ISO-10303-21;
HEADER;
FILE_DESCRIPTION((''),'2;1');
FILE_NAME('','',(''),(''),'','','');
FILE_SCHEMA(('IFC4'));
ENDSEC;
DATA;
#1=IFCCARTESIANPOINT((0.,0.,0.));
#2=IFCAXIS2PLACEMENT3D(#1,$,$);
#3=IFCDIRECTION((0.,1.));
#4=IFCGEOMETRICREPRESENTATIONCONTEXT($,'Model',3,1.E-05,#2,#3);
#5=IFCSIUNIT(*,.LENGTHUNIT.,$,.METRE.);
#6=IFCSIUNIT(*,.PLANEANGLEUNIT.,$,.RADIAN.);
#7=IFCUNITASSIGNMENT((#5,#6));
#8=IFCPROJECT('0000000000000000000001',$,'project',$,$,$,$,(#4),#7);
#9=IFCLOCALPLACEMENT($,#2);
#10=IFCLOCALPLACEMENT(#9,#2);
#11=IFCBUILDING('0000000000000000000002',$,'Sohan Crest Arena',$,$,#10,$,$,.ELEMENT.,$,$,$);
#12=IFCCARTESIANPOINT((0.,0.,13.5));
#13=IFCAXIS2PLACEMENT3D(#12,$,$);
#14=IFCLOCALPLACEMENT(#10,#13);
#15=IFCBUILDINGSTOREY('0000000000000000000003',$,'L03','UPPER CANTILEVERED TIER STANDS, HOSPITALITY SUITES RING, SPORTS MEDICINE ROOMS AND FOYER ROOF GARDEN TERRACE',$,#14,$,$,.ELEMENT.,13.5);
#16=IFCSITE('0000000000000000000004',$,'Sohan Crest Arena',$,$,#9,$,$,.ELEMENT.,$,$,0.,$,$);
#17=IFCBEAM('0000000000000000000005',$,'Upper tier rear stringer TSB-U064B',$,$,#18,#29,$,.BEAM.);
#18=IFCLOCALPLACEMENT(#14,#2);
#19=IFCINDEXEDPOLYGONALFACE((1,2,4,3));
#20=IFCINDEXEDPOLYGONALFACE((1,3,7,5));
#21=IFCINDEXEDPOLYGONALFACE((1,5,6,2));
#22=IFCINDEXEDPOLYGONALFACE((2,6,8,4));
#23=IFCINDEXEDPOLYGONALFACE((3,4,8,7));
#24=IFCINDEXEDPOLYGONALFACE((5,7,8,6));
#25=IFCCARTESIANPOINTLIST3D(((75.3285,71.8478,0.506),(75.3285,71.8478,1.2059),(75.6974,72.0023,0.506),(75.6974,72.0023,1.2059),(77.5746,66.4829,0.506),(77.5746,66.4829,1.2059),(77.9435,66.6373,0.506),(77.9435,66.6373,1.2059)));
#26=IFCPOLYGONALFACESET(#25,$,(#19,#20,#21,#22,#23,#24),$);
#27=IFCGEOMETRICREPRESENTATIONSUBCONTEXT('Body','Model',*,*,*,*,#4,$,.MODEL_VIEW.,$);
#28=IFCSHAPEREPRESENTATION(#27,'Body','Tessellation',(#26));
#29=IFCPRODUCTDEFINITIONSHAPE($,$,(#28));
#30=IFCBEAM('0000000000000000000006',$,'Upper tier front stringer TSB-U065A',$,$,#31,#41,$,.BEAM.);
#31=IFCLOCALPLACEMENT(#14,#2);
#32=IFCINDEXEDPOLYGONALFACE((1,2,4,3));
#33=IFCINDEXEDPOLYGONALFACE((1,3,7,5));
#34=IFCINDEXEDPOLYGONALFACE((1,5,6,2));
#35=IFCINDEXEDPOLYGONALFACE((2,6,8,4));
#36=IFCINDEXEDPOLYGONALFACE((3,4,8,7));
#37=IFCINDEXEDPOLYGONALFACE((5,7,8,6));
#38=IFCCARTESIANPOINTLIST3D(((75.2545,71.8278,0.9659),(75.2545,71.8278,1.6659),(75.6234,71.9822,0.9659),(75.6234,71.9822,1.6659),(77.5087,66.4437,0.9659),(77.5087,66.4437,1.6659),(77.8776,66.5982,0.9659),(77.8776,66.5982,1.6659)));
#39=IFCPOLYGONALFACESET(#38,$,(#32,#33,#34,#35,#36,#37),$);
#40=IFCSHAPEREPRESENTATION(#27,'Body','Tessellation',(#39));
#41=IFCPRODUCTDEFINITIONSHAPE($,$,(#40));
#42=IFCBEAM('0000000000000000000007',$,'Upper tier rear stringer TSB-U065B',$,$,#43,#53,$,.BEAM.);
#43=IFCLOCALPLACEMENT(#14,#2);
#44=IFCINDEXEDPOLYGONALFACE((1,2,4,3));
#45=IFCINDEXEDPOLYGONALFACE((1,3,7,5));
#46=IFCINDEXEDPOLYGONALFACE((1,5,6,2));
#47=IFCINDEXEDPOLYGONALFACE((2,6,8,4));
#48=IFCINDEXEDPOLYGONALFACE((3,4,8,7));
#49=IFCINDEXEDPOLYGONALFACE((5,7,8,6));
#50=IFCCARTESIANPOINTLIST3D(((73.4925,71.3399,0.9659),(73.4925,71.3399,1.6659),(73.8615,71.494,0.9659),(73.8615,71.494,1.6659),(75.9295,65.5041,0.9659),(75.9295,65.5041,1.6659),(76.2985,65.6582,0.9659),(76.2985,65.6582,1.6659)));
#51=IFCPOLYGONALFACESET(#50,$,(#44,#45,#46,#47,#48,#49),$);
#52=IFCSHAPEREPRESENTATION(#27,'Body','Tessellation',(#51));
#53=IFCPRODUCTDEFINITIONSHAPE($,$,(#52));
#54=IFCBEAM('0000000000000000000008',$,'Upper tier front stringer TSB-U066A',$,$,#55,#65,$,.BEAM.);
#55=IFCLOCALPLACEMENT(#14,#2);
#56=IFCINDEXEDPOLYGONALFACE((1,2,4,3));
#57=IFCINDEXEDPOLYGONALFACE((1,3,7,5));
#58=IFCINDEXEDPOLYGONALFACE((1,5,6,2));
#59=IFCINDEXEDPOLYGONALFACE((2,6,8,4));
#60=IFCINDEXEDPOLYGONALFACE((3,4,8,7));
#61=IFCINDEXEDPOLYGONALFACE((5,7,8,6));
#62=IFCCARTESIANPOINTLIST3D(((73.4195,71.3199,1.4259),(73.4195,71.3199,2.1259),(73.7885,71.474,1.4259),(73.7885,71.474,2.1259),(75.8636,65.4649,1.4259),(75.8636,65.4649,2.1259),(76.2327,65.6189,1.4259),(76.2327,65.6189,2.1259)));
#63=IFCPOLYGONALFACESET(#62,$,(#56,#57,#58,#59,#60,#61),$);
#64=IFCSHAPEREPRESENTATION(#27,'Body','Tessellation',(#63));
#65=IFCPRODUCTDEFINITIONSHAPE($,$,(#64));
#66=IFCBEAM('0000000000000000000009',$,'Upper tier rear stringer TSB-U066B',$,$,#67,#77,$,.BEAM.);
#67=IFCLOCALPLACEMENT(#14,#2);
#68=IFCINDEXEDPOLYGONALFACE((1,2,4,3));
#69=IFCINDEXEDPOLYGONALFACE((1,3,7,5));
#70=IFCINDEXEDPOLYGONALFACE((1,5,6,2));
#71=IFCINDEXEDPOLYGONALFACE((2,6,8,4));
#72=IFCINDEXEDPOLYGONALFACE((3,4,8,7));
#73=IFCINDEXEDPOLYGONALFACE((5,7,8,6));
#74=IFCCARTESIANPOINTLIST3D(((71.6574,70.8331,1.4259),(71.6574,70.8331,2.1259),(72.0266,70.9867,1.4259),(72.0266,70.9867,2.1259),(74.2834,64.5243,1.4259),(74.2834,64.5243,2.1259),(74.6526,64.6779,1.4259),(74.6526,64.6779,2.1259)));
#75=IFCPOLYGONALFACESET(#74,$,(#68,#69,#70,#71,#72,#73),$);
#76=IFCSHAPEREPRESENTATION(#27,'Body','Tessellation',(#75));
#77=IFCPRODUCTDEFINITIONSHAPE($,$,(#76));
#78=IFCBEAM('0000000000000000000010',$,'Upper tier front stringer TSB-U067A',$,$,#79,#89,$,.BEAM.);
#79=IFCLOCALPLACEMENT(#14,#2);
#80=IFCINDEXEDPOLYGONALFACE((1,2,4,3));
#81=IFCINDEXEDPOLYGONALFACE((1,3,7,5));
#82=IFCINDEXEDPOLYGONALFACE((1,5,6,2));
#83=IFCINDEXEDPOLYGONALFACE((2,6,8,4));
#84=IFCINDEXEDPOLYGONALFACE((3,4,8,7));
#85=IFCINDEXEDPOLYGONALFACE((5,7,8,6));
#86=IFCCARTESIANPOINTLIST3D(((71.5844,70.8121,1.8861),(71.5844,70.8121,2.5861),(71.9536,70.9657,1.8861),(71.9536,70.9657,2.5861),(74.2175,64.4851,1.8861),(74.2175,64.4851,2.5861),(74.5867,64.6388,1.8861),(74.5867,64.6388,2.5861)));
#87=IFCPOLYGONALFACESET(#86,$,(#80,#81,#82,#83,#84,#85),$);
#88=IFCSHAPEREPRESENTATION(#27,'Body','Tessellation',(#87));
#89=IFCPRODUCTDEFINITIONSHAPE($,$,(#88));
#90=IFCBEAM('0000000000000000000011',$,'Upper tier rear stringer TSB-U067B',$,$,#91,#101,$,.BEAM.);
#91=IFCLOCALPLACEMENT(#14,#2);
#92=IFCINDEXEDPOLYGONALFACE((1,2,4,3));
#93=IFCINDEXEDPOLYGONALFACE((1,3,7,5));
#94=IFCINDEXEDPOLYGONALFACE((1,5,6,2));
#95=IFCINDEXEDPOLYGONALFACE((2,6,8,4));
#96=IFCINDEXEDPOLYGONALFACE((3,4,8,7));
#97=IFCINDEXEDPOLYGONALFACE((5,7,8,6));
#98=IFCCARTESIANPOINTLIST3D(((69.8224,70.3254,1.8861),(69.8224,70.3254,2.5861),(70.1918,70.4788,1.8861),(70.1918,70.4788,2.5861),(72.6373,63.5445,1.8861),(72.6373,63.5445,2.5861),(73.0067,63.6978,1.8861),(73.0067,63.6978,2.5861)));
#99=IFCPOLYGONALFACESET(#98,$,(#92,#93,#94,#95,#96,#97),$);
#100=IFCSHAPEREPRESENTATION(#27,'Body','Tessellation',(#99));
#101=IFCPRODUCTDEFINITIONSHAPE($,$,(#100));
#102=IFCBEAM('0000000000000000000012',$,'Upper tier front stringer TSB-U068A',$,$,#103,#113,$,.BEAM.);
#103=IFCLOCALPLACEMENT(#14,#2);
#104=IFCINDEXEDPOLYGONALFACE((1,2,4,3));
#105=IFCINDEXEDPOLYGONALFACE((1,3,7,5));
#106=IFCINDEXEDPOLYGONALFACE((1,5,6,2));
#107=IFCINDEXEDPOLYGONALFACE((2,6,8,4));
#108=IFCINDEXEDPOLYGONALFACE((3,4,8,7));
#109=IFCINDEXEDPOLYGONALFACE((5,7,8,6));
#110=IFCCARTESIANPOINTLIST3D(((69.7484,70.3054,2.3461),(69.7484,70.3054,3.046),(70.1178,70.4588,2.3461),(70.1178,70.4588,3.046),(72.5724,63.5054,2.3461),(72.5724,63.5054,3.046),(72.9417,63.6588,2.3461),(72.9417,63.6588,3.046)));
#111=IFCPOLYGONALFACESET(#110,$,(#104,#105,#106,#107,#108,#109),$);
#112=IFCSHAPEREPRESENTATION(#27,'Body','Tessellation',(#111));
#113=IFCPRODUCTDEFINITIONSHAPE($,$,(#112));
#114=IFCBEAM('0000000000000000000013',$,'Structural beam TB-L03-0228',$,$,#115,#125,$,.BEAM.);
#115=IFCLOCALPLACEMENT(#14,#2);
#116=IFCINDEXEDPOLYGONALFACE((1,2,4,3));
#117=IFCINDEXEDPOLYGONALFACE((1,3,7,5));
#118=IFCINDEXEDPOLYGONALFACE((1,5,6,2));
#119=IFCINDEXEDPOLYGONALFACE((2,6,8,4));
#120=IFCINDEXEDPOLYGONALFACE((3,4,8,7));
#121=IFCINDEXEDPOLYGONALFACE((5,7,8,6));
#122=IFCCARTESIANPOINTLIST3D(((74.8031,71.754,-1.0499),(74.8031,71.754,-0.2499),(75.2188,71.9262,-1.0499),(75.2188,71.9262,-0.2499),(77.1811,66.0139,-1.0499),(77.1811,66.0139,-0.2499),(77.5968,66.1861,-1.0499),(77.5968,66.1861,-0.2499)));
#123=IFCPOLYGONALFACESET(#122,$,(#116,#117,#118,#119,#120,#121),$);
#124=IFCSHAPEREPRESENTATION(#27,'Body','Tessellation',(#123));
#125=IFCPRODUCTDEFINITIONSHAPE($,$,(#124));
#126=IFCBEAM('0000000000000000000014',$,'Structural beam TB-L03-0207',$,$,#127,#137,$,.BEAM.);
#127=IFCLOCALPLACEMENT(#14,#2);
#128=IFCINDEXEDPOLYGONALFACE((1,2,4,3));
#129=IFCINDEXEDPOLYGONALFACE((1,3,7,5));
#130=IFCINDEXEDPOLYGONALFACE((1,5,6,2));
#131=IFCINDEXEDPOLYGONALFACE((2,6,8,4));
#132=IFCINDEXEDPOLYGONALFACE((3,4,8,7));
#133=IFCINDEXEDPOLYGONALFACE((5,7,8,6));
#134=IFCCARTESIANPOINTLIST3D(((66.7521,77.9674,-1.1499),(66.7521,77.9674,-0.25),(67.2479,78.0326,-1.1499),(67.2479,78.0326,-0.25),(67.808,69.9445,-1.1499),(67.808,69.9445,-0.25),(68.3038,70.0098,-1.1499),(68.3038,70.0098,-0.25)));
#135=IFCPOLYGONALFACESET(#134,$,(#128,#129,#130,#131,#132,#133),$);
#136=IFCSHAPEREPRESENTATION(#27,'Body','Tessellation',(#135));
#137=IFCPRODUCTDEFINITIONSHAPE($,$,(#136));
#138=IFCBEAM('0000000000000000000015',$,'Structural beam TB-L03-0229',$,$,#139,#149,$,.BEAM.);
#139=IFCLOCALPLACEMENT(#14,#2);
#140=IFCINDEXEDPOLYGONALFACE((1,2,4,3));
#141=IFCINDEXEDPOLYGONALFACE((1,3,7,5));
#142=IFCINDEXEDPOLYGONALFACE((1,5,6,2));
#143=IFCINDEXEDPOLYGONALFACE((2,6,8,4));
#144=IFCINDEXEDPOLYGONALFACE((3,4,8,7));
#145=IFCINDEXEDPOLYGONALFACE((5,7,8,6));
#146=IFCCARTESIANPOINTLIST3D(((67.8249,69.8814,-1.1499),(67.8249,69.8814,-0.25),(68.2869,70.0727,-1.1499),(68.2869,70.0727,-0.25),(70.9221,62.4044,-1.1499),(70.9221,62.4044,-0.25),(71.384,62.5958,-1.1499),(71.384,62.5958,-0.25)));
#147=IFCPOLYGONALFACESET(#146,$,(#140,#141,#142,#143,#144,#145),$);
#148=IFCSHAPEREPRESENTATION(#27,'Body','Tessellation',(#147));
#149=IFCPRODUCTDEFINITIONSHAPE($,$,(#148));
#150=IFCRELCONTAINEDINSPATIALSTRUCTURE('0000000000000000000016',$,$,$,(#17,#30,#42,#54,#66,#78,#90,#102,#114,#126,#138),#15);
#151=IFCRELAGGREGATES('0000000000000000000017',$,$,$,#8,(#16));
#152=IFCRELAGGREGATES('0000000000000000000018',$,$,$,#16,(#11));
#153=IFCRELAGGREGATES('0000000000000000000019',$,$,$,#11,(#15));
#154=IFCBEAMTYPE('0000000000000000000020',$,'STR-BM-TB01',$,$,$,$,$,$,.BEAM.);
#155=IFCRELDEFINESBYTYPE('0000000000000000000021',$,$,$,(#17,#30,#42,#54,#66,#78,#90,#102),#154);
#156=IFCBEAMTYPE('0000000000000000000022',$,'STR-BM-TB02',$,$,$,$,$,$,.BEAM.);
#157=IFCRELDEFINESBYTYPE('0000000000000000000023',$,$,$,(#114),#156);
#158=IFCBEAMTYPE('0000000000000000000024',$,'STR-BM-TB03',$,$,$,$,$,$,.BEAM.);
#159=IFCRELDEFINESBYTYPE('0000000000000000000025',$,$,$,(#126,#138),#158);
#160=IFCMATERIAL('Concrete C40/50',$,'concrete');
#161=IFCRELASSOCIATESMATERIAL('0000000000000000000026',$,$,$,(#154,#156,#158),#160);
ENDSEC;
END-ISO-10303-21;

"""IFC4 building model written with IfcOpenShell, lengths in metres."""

from ifc_helpers import new_model, si_unit, direction, frame, origin, origin_2d, place, context, subcontext, project, spatial, rectangle, extrude, material, material_profile, profile_set, type_object, element, save


model = new_model("IFC4")

# Units and contexts
model_context = context("Model", 3, precision=1e-05, world=origin(), true_north=direction((0.0, 1.0)))
body_context = subcontext(model_context, "Body", "Model", "MODEL_VIEW")
ifc_project = project(units=[si_unit("LENGTHUNIT", "METRE"), si_unit("PLANEANGLEUNIT", "RADIAN")], contexts=[model_context])

# Site, building, storey
site_placement = place(None, origin())
site = spatial("IfcSite", under=ifc_project, at=site_placement, Name="Sohan Crest Arena", CompositionType="ELEMENT", RefElevation=0.0)
building_placement = place(site_placement, origin())
building = spatial("IfcBuilding", under=site, at=building_placement, Name="Sohan Crest Arena", CompositionType="ELEMENT")
storey_placement = place(building_placement, frame((0.0, 0.0, 13.5)))
storey = spatial("IfcBuildingStorey", under=building, at=storey_placement, Name="L03", Description="UPPER CANTILEVERED TIER STANDS, HOSPITALITY SUITES RING, SPORTS MEDICINE ROOMS AND FOYER ROOF GARDEN TERRACE", CompositionType="ELEMENT", Elevation=13.5)

# Shared definitions
ifc_material_1 = material(Name="Concrete C40/50", Category="concrete")

# Beams
ifc_material_profile_1 = material_profile(ifc_material_1, rectangle(XDim=0.3999, YDim=0.7, at=origin_2d()), Name="RC-BM 400x700")
ifc_profile_set_1 = profile_set([ifc_material_profile_1], Name="Concrete C40/50")
beam_type_1 = type_object("IfcBeamType", Name="STR-BM-TB01", PredefinedType="BEAM", material=ifc_profile_set_1)
beam_1_placement = place(storey_placement, frame((75.5129, 71.925, 0.856), z_axis=(0.38618, -0.922424, 0.0), x_axis=(0.922424, 0.38618, 0.0)))
element("IfcBeam", 1, at=beam_1_placement, inside=storey, type_object=beam_type_1, Name="Upper tier rear stringer TSB-U064B", PredefinedType="BEAM", context=body_context, shape_type="SweptSolid", body=[
    extrude(rectangle(XDim=0.3999, YDim=0.7, at=origin_2d()), origin(), (0.0, 0.0, 1.0), 5.8162),
])
beam_2_placement = place(storey_placement, frame((75.439, 71.905, 1.3159), z_axis=(0.386192, -0.922418, 0.0), x_axis=(0.922418, 0.386192, 0.0)))
element("IfcBeam", 2, at=beam_2_placement, inside=storey, type_object=beam_type_1, Name="Upper tier front stringer TSB-U065A", PredefinedType="BEAM", context=body_context, shape_type="SweptSolid", body=[
    extrude(rectangle(XDim=0.3999, YDim=0.7, at=origin_2d()), origin(), (0.0, 0.0, 1.0), 5.8369),
])
beam_3_placement = place(storey_placement, frame((73.677, 71.417, 1.3159), z_axis=(0.385339, -0.922775, 0.0), x_axis=(0.922775, 0.385339, 0.0)))
element("IfcBeam", 3, at=beam_3_placement, inside=storey, type_object=beam_type_1, Name="Upper tier rear stringer TSB-U065B", PredefinedType="BEAM", context=body_context, shape_type="SweptSolid", body=[
    extrude(rectangle(XDim=0.3999, YDim=0.7, at=origin_2d()), origin(), (0.0, 0.0, 1.0), 6.3242),
])
beam_4_placement = place(storey_placement, frame((73.604, 71.397, 1.7759), z_axis=(0.385222, -0.922824, 0.0), x_axis=(0.922824, 0.385222, 0.0)))
element("IfcBeam", 4, at=beam_4_placement, inside=storey, type_object=beam_type_1, Name="Upper tier front stringer TSB-U066A", PredefinedType="BEAM", context=body_context, shape_type="SweptSolid", body=[
    extrude(rectangle(XDim=0.3999, YDim=0.7, at=origin_2d()), origin(), (0.0, 0.0, 1.0), 6.3447),
])
beam_5_placement = place(storey_placement, frame((71.842, 70.9099, 1.7759), z_axis=(0.384278, -0.923217, 0.0), x_axis=(0.923217, 0.384278, 0.0)))
element("IfcBeam", 5, at=beam_5_placement, inside=storey, type_object=beam_type_1, Name="Upper tier rear stringer TSB-U066B", PredefinedType="BEAM", context=body_context, shape_type="SweptSolid", body=[
    extrude(rectangle(XDim=0.3999, YDim=0.7, at=origin_2d()), origin(), (0.0, 0.0, 1.0), 6.8335),
])
beam_6_placement = place(storey_placement, frame((71.769, 70.8889, 2.2361), z_axis=(0.384223, -0.92324, 0.0), x_axis=(0.92324, 0.384223, 0.0)))
element("IfcBeam", 6, at=beam_6_placement, inside=storey, type_object=beam_type_1, Name="Upper tier front stringer TSB-U067A", PredefinedType="BEAM", context=body_context, shape_type="SweptSolid", body=[
    extrude(rectangle(XDim=0.3999, YDim=0.7, at=origin_2d()), origin(), (0.0, 0.0, 1.0), 6.853),
])
beam_7_placement = place(storey_placement, frame((70.0071, 70.4021, 2.2361), z_axis=(0.383399, -0.923583, 0.0), x_axis=(0.923583, 0.383399, 0.0)))
element("IfcBeam", 7, at=beam_7_placement, inside=storey, type_object=beam_type_1, Name="Upper tier rear stringer TSB-U067B", PredefinedType="BEAM", context=body_context, shape_type="SweptSolid", body=[
    extrude(rectangle(XDim=0.3999, YDim=0.7, at=origin_2d()), origin(), (0.0, 0.0, 1.0), 7.342),
])
beam_8_placement = place(storey_placement, frame((69.9331, 70.3821, 2.696), z_axis=(0.38353, -0.923529, 0.0), x_axis=(0.923529, 0.38353, 0.0)))
element("IfcBeam", 8, at=beam_8_placement, inside=storey, type_object=beam_type_1, Name="Upper tier front stringer TSB-U068A", PredefinedType="BEAM", context=body_context, shape_type="SweptSolid", body=[
    extrude(rectangle(XDim=0.3999, YDim=0.7, at=origin_2d()), origin(), (0.0, 0.0, 1.0), 7.363),
])
ifc_material_profile_2 = material_profile(ifc_material_1, rectangle(XDim=0.45, YDim=0.8, at=origin_2d()), Name="RC-BM 450x800")
ifc_profile_set_2 = profile_set([ifc_material_profile_2], Name="Concrete C40/50")
beam_type_2 = type_object("IfcBeamType", Name="STR-BM-TB02", PredefinedType="BEAM", material=ifc_profile_set_2)
beam_9_placement = place(storey_placement, frame((75.011, 71.8401, -0.6499), z_axis=(0.382731, -0.92386, 0.0), x_axis=(0.92386, 0.382731, 0.0)))
element("IfcBeam", 9, at=beam_9_placement, inside=storey, type_object=beam_type_2, Name="Structural beam TB-L03-0228", PredefinedType="BEAM", context=body_context, shape_type="SweptSolid", body=[
    extrude(rectangle(XDim=0.45, YDim=0.8, at=origin_2d()), origin(), (0.0, 0.0, 1.0), 6.2131),
])
ifc_material_profile_3 = material_profile(ifc_material_1, rectangle(XDim=0.5, YDim=0.8999, at=origin_2d()), Name="RC-BM 500x900")
ifc_profile_set_3 = profile_set([ifc_material_profile_3], Name="Concrete C40/50")
beam_type_3 = type_object("IfcBeamType", Name="STR-BM-TB03", PredefinedType="BEAM", material=ifc_profile_set_3)
beam_10_placement = place(storey_placement, frame((67.0, 78.0, -0.7), z_axis=(0.130486, -0.99145, 0.0), x_axis=(0.99145, 0.130486, 0.0)))
element("IfcBeam", 10, at=beam_10_placement, inside=storey, type_object=beam_type_3, Name="Structural beam TB-L03-0207", PredefinedType="BEAM", context=body_context, shape_type="SweptSolid", body=[
    extrude(rectangle(XDim=0.5, YDim=0.8999, at=origin_2d()), origin(), (0.0, 0.0, 1.0), 8.092),
])
beam_11_placement = place(storey_placement, frame((68.0559, 69.9771, -0.7), z_axis=(0.382691, -0.923876, 0.0), x_axis=(0.923876, 0.382691, 0.0)))
element("IfcBeam", 11, at=beam_11_placement, inside=storey, type_object=beam_type_3, Name="Structural beam TB-L03-0229", PredefinedType="BEAM", context=body_context, shape_type="SweptSolid", body=[
    extrude(rectangle(XDim=0.5, YDim=0.8999, at=origin_2d()), origin(), (0.0, 0.0, 1.0), 8.093),
])

save(model, "model.ifc")
